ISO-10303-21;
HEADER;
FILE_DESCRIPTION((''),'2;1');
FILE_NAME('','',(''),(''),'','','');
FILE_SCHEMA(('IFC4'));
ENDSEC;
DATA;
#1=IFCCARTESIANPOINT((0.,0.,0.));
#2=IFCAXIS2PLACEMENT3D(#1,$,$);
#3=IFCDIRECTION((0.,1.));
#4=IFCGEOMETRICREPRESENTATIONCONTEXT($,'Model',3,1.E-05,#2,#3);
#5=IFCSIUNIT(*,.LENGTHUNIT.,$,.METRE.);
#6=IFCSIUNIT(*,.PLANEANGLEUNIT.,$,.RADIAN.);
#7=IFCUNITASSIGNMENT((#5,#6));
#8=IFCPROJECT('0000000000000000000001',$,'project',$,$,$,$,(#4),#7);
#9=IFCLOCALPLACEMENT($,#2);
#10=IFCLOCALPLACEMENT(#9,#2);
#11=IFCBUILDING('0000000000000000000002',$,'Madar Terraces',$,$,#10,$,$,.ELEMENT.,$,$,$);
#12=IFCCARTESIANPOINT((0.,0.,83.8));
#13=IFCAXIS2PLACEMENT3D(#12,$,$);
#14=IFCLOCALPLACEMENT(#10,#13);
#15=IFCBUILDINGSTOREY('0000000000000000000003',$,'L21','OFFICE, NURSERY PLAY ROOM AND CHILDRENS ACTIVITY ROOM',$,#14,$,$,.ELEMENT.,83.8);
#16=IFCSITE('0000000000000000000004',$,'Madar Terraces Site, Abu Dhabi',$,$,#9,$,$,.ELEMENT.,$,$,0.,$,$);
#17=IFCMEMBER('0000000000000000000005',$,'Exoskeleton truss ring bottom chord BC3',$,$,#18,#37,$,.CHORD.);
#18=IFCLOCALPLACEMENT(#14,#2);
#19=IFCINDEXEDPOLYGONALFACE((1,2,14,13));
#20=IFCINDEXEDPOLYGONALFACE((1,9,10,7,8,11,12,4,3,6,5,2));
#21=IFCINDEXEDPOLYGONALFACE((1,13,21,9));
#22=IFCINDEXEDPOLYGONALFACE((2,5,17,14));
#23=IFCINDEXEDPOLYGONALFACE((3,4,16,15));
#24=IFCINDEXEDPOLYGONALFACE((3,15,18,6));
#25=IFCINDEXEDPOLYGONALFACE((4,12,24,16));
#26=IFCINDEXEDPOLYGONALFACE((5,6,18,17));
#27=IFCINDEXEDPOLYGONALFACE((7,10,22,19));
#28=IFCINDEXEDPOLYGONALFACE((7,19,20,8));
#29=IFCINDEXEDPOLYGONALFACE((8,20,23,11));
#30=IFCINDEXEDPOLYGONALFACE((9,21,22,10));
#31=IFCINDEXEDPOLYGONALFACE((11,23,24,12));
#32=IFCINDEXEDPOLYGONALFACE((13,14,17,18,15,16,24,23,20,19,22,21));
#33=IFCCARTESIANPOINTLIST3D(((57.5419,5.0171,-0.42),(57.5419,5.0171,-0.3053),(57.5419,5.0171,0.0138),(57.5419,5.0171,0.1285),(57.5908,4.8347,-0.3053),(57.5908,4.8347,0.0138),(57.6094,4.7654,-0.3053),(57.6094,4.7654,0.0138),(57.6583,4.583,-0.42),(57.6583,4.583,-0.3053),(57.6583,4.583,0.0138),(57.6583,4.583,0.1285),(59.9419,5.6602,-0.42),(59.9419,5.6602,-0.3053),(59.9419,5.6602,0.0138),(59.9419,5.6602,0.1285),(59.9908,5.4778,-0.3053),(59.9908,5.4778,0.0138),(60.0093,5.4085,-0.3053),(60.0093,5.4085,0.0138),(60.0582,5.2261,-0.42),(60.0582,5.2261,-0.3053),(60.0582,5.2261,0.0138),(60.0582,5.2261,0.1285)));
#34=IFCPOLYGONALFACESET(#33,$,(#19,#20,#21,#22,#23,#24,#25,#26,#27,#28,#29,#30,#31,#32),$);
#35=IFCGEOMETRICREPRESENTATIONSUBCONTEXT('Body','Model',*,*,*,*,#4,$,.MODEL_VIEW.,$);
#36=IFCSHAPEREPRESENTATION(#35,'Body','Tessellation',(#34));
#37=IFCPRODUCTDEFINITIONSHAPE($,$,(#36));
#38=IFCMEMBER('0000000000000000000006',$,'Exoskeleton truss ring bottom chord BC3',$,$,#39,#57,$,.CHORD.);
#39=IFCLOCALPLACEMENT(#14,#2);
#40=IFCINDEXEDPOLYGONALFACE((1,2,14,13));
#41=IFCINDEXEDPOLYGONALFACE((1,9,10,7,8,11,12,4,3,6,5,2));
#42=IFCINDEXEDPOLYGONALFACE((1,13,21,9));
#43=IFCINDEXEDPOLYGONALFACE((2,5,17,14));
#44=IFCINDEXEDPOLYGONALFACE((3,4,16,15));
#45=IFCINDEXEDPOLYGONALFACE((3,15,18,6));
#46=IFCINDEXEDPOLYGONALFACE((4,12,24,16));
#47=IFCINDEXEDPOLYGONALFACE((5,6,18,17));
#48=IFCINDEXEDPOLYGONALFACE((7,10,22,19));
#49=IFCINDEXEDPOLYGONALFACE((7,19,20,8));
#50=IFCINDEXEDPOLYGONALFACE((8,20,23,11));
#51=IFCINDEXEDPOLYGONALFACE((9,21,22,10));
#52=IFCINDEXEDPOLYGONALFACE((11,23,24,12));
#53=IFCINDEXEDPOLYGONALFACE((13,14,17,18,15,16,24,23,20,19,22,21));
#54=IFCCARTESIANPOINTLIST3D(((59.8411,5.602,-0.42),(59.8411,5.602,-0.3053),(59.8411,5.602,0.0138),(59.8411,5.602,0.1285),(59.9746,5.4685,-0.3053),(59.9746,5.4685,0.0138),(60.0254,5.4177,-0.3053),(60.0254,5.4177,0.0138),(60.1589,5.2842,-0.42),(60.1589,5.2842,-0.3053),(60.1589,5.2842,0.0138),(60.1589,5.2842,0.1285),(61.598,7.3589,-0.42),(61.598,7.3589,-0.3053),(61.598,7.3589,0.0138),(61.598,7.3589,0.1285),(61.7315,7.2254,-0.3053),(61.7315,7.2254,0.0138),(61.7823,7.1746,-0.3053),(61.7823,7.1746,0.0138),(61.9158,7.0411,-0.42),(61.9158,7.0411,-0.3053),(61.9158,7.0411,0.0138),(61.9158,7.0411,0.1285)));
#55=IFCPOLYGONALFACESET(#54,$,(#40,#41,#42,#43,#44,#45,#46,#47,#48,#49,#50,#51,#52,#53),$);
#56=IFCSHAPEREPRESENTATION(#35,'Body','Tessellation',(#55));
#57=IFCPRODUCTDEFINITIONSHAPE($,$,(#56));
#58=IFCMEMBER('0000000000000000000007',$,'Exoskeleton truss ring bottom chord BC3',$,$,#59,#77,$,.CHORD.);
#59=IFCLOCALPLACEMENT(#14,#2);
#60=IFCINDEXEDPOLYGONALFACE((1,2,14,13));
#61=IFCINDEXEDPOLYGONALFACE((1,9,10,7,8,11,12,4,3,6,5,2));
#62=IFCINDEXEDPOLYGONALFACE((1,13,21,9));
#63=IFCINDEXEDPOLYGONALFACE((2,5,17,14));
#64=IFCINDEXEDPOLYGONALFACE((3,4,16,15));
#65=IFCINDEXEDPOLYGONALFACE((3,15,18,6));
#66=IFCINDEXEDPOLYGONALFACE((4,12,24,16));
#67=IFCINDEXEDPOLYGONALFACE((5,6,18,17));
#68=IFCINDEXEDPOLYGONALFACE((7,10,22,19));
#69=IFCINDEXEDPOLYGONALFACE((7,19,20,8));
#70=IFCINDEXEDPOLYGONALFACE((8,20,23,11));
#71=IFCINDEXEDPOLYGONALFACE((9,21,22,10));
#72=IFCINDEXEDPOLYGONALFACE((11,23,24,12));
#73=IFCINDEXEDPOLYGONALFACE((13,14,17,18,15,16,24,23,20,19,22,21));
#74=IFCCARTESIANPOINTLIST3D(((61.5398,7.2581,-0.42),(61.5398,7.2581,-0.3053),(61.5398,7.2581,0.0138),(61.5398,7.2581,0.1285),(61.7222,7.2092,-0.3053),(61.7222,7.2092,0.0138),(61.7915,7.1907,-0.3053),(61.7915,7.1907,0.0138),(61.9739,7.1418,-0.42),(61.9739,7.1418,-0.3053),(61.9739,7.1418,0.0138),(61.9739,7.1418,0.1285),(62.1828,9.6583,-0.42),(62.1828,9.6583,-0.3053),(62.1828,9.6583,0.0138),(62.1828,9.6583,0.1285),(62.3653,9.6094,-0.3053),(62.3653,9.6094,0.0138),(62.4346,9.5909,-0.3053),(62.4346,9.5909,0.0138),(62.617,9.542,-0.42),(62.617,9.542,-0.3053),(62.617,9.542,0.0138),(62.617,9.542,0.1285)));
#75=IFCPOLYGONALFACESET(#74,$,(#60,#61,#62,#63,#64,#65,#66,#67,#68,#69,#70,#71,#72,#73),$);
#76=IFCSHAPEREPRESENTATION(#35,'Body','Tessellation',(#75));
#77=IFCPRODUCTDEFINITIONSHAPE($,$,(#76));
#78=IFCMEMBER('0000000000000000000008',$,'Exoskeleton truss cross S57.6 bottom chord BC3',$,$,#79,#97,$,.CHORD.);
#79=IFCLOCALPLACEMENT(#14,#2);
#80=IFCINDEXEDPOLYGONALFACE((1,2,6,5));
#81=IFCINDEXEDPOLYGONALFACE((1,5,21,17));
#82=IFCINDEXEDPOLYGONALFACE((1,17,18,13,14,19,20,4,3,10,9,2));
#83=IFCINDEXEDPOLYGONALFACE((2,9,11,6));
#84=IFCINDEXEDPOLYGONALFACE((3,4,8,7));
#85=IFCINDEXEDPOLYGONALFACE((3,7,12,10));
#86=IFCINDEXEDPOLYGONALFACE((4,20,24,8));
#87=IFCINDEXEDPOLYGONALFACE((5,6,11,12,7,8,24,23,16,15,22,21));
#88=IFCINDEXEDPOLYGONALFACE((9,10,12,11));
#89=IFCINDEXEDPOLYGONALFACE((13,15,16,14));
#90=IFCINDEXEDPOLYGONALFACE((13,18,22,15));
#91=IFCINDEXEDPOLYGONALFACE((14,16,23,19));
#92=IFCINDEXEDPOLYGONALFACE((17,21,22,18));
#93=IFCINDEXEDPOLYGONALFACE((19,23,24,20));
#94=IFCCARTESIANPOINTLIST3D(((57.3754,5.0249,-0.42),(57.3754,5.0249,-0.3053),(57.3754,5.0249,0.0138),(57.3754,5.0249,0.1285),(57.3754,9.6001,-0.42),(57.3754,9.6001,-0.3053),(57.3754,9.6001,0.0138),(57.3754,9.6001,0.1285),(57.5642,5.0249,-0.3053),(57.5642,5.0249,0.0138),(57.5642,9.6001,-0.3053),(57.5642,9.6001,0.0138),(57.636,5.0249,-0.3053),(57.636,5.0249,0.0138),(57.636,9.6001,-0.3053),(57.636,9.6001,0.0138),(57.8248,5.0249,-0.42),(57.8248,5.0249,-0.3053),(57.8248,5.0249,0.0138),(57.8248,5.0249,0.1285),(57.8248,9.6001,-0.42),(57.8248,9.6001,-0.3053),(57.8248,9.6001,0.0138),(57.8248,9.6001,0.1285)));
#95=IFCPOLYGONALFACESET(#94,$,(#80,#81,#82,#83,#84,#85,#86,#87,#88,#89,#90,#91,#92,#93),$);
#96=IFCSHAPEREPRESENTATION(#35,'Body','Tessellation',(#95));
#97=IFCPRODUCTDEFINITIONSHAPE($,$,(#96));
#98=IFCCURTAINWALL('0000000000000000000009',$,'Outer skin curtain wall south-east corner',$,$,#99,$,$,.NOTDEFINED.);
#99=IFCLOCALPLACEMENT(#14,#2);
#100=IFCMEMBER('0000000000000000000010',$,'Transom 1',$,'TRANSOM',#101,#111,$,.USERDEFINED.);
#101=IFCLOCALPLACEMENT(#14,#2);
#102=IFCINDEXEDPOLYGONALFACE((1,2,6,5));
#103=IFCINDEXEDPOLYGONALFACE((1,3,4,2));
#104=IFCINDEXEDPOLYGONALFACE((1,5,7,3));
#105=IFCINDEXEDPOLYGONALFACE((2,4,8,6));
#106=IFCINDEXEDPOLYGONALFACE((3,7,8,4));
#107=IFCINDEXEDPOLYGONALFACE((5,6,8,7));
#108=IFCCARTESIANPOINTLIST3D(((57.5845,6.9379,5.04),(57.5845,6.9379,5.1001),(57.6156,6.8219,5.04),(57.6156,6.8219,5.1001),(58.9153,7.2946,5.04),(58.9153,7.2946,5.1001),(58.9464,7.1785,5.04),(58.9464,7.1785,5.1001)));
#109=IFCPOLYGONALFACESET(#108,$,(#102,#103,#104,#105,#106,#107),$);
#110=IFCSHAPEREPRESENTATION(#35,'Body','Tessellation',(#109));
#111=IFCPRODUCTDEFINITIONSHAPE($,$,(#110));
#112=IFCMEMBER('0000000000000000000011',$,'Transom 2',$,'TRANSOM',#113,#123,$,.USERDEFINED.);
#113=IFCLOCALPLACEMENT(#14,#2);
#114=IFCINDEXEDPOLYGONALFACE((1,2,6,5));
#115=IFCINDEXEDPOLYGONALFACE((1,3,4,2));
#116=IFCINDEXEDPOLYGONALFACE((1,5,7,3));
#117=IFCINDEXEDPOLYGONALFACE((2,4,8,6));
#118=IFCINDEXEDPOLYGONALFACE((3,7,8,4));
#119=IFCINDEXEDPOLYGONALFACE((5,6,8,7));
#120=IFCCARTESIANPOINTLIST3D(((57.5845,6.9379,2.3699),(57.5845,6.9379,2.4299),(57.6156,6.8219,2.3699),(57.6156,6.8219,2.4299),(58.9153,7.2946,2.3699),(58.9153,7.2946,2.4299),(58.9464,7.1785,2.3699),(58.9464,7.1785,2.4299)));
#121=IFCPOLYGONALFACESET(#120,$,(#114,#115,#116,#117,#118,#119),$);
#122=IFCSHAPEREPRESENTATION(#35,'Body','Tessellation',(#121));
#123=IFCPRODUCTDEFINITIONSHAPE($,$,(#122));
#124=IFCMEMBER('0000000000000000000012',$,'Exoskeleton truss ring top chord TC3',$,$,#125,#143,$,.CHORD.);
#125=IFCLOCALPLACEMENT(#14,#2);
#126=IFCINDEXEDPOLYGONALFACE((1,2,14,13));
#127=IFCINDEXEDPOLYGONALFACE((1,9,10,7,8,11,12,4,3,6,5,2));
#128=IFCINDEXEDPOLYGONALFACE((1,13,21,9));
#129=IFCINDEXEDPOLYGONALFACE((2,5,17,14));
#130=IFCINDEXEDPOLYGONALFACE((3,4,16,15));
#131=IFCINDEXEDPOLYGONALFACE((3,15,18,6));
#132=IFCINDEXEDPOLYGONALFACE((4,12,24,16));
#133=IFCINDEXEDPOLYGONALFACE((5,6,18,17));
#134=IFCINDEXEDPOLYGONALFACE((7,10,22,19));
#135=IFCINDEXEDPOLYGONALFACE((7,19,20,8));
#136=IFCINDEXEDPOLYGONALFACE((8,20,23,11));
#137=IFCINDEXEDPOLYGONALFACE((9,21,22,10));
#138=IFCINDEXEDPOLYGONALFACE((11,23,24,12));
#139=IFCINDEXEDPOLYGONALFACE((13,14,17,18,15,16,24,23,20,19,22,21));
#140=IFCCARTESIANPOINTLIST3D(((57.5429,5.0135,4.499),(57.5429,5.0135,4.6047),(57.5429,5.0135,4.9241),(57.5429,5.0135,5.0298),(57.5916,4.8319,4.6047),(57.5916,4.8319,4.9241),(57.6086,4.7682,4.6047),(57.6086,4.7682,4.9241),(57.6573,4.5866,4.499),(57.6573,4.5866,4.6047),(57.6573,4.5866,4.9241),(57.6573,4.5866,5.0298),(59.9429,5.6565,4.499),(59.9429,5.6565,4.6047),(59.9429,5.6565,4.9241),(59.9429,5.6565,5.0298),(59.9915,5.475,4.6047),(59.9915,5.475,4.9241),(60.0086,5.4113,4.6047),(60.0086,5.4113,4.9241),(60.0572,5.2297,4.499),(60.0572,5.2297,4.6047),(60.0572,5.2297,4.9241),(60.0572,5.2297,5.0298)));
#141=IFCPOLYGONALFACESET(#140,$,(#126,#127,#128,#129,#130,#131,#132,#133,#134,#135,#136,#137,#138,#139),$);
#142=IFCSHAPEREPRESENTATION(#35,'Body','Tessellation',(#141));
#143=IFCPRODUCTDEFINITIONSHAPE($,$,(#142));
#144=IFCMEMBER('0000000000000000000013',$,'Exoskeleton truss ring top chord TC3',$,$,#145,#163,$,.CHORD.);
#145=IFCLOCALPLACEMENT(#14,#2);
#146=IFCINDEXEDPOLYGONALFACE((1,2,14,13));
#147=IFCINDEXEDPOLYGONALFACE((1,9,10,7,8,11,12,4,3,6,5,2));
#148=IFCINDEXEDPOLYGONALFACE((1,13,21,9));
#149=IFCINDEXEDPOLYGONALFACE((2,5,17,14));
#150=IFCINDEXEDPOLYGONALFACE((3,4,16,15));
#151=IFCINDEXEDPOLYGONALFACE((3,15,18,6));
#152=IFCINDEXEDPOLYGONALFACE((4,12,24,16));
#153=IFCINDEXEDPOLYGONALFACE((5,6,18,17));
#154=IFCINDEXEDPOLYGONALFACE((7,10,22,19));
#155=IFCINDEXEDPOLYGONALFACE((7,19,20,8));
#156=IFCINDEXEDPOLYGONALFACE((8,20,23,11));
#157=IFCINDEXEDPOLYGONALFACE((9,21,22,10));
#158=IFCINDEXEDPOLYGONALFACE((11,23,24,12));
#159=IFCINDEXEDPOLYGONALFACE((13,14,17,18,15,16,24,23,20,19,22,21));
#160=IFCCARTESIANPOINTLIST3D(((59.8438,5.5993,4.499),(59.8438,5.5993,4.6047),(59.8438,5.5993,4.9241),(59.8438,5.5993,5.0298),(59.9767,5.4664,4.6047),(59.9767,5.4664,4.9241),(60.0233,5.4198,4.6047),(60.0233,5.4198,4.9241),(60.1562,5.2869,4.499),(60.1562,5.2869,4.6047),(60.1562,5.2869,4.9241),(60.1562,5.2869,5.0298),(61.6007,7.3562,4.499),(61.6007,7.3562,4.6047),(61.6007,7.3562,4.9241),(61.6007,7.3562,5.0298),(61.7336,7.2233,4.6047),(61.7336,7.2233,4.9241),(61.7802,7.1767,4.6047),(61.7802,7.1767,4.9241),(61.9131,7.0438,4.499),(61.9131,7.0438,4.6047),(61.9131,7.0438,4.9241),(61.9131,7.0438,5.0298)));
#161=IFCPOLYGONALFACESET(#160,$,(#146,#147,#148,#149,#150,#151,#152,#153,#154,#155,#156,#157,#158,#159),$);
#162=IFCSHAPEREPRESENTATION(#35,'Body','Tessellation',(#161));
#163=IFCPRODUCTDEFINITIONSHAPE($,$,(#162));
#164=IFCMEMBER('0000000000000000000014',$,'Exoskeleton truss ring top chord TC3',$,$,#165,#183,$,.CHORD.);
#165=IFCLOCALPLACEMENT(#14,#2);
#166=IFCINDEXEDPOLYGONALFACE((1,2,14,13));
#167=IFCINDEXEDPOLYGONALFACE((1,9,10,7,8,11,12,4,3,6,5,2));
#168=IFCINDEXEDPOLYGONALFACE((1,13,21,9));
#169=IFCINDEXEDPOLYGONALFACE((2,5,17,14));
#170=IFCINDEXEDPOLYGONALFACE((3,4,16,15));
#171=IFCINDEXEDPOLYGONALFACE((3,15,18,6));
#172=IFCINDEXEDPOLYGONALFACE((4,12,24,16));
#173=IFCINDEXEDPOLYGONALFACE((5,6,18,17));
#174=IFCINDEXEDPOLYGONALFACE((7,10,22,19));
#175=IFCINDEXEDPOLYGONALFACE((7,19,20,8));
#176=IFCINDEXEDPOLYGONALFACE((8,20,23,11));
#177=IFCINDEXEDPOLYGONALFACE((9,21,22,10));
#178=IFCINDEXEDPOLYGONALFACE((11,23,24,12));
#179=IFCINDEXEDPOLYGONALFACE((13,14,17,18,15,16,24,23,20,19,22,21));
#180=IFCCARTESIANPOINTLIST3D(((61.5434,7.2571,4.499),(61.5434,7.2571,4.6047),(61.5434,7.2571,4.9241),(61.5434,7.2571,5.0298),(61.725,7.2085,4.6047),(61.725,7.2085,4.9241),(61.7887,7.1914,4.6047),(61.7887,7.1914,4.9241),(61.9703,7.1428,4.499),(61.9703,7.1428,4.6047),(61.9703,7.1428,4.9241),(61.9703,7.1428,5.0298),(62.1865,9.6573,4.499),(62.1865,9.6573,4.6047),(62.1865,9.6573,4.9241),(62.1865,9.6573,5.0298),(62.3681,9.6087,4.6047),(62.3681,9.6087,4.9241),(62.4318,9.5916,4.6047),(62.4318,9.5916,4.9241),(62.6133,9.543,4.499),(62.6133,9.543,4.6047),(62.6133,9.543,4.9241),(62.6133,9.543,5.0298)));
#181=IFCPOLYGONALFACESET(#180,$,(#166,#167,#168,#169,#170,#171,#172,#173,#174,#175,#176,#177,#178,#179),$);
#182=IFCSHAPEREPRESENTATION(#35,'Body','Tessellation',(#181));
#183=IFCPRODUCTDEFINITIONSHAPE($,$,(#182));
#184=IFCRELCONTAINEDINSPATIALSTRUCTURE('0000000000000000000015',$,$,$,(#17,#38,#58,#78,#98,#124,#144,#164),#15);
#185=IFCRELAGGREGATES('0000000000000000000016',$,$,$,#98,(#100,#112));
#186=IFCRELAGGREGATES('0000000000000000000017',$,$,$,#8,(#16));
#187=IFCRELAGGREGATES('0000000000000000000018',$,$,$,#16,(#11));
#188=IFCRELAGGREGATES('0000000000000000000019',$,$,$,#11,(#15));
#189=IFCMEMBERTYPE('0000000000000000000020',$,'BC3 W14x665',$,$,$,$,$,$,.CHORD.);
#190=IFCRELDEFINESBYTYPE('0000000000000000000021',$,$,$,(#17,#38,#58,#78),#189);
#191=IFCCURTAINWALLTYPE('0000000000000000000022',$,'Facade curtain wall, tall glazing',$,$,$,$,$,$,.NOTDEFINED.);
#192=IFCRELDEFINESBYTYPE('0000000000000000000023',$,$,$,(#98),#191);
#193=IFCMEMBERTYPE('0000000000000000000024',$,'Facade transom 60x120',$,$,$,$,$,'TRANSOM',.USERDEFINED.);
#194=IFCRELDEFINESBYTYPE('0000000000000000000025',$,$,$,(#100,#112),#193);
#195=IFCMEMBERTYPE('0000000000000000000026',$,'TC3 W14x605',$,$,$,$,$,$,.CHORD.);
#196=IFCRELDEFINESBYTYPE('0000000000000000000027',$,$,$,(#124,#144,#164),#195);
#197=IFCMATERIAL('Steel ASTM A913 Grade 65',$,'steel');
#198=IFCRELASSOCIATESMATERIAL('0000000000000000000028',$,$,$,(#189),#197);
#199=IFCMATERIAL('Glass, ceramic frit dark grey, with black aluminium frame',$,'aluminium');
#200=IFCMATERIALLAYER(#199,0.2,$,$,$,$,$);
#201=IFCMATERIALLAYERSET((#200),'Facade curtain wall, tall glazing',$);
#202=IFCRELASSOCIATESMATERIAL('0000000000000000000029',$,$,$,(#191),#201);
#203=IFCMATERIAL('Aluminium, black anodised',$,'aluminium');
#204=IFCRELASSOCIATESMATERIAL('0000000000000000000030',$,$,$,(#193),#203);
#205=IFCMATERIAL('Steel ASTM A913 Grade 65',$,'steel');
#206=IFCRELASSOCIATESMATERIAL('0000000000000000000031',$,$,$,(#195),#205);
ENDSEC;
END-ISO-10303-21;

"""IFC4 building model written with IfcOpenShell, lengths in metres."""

from ifc_helpers import new_model, si_unit, direction, frame, origin, origin_2d, place, context, subcontext, project, spatial, rectangle, i_section, extrude, material, layer, layer_set, material_profile, profile_set, type_object, element, aggregate, save


model = new_model("IFC4")

# Units and contexts
model_context = context("Model", 3, precision=1e-05, world=origin(), true_north=direction((0.0, 1.0)))
body_context = subcontext(model_context, "Body", "Model", "MODEL_VIEW")
ifc_project = project(units=[si_unit("LENGTHUNIT", "METRE"), si_unit("PLANEANGLEUNIT", "RADIAN")], contexts=[model_context])

# Site, building, storey
site_placement = place(None, origin())
site = spatial("IfcSite", under=ifc_project, at=site_placement, Name="Madar Terraces Site, Abu Dhabi", CompositionType="ELEMENT", RefElevation=0.0)
building_placement = place(site_placement, origin())
building = spatial("IfcBuilding", under=site, at=building_placement, Name="Madar Terraces", CompositionType="ELEMENT")
storey_placement = place(building_placement, frame((0.0, 0.0, 83.8)))
storey = spatial("IfcBuildingStorey", under=building, at=storey_placement, Name="L21", Description="OFFICE, NURSERY PLAY ROOM AND CHILDRENS ACTIVITY ROOM", CompositionType="ELEMENT", Elevation=83.8)

# Members
ifc_material_1 = material(Name="Steel ASTM A913 Grade 65", Category="steel")
ifc_material_profile_1 = material_profile(ifc_material_1, i_section(OverallWidth=0.4495, OverallDepth=0.5486, WebThickness=0.0718, FlangeThickness=0.1147, at=origin_2d()), Name="W14x665")
ifc_profile_set_1 = profile_set([ifc_material_profile_1], Name="Steel ASTM A913 Grade 65")
member_type_1 = type_object("IfcMemberType", Name="BC3 W14x665", PredefinedType="CHORD", material=ifc_profile_set_1)
for number, where, z_axis, x_axis, name in (
    (1, (57.6001, 4.8, -0.1458), (0.965924, 0.258824, 0.0), (-0.258824, 0.965924, 0.0), "Exoskeleton truss ring bottom chord BC3"),
    (2, (60.0, 5.4431, -0.1458), (0.707107, 0.707107, 0.0), (-0.707107, 0.707107, 0.0), "Exoskeleton truss ring bottom chord BC3"),
):
    element("IfcMember", number, at=place(storey_placement, frame(where, z_axis=z_axis, x_axis=x_axis)), inside=storey, type_object=member_type_1, Name=name, PredefinedType="CHORD", context=body_context, shape_type="SweptSolid", body=[
        extrude(i_section(OverallWidth=0.4495, OverallDepth=0.5486, WebThickness=0.0718, FlangeThickness=0.1147, at=origin_2d()), origin(), (0.0, 0.0, 1.0), 2.4846),
    ])
member_1_placement = place(storey_placement, frame((61.7568, 7.2, -0.1458), z_axis=(0.2588, 0.965931, 0.0), x_axis=(-0.965931, 0.2588, 0.0)))
element("IfcMember", 3, at=member_1_placement, inside=storey, type_object=member_type_1, Name="Exoskeleton truss ring bottom chord BC3", PredefinedType="CHORD", context=body_context, shape_type="SweptSolid", body=[
    extrude(i_section(OverallWidth=0.4495, OverallDepth=0.5486, WebThickness=0.0718, FlangeThickness=0.1147, at=origin_2d()), origin(), (0.0, 0.0, 1.0), 2.4849),
])
member_2_placement = place(storey_placement, frame((57.6001, 5.0249, -0.1458), z_axis=(0.0, 1.0, 0.0), x_axis=(-1.0, 0.0, 0.0)))
element("IfcMember", 4, at=member_2_placement, inside=storey, type_object=member_type_1, Name="Exoskeleton truss cross S57.6 bottom chord BC3", PredefinedType="CHORD", context=body_context, shape_type="SweptSolid", body=[
    extrude(i_section(OverallWidth=0.4495, OverallDepth=0.5486, WebThickness=0.0718, FlangeThickness=0.1147, at=origin_2d()), origin(), (0.0, 0.0, 1.0), 4.5752),
])

# Curtain wall, members
ifc_material_2 = material(Name="Glass, ceramic frit dark grey, with black aluminium frame", Category="aluminium")
ifc_layer_1 = layer(ifc_material_2, 0.2)
ifc_layer_set_1 = layer_set([ifc_layer_1], Name="Facade curtain wall, tall glazing")
curtain_wall_type = type_object("IfcCurtainWallType", Name="Facade curtain wall, tall glazing", PredefinedType="NOTDEFINED", material=ifc_layer_set_1)
curtain_wall_placement = place(storey_placement, origin())
curtain_wall = element("IfcCurtainWall", 5, at=curtain_wall_placement, inside=storey, type_object=curtain_wall_type, Name="Outer skin curtain wall south-east corner", PredefinedType="NOTDEFINED")
ifc_material_3 = material(Name="Aluminium, black anodised", Category="aluminium")
ifc_material_profile_2 = material_profile(ifc_material_3, rectangle(XDim=0.1201, YDim=0.0601, at=origin_2d()), Name="Facade transom 60x120")
ifc_profile_set_2 = profile_set([ifc_material_profile_2], Name="Aluminium, black anodised")
member_type_2 = type_object("IfcMemberType", Name="Facade transom 60x120", ElementType="TRANSOM", PredefinedType="USERDEFINED", material=ifc_profile_set_2)
member_3_placement = place(storey_placement, frame((57.6001, 6.8799, 5.0701), z_axis=(0.965908, 0.258887, 0.0), x_axis=(-0.258887, 0.965908, 0.0)))
member_3 = element("IfcMember", 6, at=member_3_placement, type_object=member_type_2, Name="Transom 1", ObjectType="TRANSOM", PredefinedType="USERDEFINED", context=body_context, shape_type="SweptSolid", body=[
    extrude(rectangle(XDim=0.1201, YDim=0.0601, at=origin_2d()), origin(), (0.0, 0.0, 1.0), 1.3777),
])
member_4_placement = place(storey_placement, frame((57.6001, 6.8799, 2.3999), z_axis=(0.965908, 0.258887, 0.0), x_axis=(-0.258887, 0.965908, 0.0)))
member_4 = element("IfcMember", 7, at=member_4_placement, type_object=member_type_2, Name="Transom 2", ObjectType="TRANSOM", PredefinedType="USERDEFINED", context=body_context, shape_type="SweptSolid", body=[
    extrude(rectangle(XDim=0.1201, YDim=0.0601, at=origin_2d()), origin(), (0.0, 0.0, 1.0), 1.3777),
])

# Members
ifc_material_4 = material(Name="Steel ASTM A913 Grade 65", Category="steel")
ifc_material_profile_3 = material_profile(ifc_material_4, i_section(OverallWidth=0.4419, OverallDepth=0.5308, WebThickness=0.0659, FlangeThickness=0.1057, at=origin_2d()), Name="W14x605")
ifc_profile_set_3 = profile_set([ifc_material_profile_3], Name="Steel ASTM A913 Grade 65")
member_type_3 = type_object("IfcMemberType", Name="TC3 W14x605", PredefinedType="CHORD", material=ifc_profile_set_3)
for number, where, z_axis, x_axis, name in (
    (8, (57.6001, 4.8, 4.7644), (0.965924, 0.258824, 0.0), (-0.258824, 0.965924, 0.0), "Exoskeleton truss ring top chord TC3"),
    (9, (60.0, 5.4431, 4.7644), (0.707107, 0.707107, 0.0), (-0.707107, 0.707107, 0.0), "Exoskeleton truss ring top chord TC3"),
):
    element("IfcMember", number, at=place(storey_placement, frame(where, z_axis=z_axis, x_axis=x_axis)), inside=storey, type_object=member_type_3, Name=name, PredefinedType="CHORD", context=body_context, shape_type="SweptSolid", body=[
        extrude(i_section(OverallWidth=0.4419, OverallDepth=0.5308, WebThickness=0.0659, FlangeThickness=0.1057, at=origin_2d()), origin(), (0.0, 0.0, 1.0), 2.4846),
    ])
member_5_placement = place(storey_placement, frame((61.7568, 7.2, 4.7644), z_axis=(0.2588, 0.965931, 0.0), x_axis=(-0.965931, 0.2588, 0.0)))
element("IfcMember", 10, at=member_5_placement, inside=storey, type_object=member_type_3, Name="Exoskeleton truss ring top chord TC3", PredefinedType="CHORD", context=body_context, shape_type="SweptSolid", body=[
    extrude(i_section(OverallWidth=0.4419, OverallDepth=0.5308, WebThickness=0.0659, FlangeThickness=0.1057, at=origin_2d()), origin(), (0.0, 0.0, 1.0), 2.4849),
])

aggregate(curtain_wall, [member_3, member_4])

save(model, "model.ifc")
